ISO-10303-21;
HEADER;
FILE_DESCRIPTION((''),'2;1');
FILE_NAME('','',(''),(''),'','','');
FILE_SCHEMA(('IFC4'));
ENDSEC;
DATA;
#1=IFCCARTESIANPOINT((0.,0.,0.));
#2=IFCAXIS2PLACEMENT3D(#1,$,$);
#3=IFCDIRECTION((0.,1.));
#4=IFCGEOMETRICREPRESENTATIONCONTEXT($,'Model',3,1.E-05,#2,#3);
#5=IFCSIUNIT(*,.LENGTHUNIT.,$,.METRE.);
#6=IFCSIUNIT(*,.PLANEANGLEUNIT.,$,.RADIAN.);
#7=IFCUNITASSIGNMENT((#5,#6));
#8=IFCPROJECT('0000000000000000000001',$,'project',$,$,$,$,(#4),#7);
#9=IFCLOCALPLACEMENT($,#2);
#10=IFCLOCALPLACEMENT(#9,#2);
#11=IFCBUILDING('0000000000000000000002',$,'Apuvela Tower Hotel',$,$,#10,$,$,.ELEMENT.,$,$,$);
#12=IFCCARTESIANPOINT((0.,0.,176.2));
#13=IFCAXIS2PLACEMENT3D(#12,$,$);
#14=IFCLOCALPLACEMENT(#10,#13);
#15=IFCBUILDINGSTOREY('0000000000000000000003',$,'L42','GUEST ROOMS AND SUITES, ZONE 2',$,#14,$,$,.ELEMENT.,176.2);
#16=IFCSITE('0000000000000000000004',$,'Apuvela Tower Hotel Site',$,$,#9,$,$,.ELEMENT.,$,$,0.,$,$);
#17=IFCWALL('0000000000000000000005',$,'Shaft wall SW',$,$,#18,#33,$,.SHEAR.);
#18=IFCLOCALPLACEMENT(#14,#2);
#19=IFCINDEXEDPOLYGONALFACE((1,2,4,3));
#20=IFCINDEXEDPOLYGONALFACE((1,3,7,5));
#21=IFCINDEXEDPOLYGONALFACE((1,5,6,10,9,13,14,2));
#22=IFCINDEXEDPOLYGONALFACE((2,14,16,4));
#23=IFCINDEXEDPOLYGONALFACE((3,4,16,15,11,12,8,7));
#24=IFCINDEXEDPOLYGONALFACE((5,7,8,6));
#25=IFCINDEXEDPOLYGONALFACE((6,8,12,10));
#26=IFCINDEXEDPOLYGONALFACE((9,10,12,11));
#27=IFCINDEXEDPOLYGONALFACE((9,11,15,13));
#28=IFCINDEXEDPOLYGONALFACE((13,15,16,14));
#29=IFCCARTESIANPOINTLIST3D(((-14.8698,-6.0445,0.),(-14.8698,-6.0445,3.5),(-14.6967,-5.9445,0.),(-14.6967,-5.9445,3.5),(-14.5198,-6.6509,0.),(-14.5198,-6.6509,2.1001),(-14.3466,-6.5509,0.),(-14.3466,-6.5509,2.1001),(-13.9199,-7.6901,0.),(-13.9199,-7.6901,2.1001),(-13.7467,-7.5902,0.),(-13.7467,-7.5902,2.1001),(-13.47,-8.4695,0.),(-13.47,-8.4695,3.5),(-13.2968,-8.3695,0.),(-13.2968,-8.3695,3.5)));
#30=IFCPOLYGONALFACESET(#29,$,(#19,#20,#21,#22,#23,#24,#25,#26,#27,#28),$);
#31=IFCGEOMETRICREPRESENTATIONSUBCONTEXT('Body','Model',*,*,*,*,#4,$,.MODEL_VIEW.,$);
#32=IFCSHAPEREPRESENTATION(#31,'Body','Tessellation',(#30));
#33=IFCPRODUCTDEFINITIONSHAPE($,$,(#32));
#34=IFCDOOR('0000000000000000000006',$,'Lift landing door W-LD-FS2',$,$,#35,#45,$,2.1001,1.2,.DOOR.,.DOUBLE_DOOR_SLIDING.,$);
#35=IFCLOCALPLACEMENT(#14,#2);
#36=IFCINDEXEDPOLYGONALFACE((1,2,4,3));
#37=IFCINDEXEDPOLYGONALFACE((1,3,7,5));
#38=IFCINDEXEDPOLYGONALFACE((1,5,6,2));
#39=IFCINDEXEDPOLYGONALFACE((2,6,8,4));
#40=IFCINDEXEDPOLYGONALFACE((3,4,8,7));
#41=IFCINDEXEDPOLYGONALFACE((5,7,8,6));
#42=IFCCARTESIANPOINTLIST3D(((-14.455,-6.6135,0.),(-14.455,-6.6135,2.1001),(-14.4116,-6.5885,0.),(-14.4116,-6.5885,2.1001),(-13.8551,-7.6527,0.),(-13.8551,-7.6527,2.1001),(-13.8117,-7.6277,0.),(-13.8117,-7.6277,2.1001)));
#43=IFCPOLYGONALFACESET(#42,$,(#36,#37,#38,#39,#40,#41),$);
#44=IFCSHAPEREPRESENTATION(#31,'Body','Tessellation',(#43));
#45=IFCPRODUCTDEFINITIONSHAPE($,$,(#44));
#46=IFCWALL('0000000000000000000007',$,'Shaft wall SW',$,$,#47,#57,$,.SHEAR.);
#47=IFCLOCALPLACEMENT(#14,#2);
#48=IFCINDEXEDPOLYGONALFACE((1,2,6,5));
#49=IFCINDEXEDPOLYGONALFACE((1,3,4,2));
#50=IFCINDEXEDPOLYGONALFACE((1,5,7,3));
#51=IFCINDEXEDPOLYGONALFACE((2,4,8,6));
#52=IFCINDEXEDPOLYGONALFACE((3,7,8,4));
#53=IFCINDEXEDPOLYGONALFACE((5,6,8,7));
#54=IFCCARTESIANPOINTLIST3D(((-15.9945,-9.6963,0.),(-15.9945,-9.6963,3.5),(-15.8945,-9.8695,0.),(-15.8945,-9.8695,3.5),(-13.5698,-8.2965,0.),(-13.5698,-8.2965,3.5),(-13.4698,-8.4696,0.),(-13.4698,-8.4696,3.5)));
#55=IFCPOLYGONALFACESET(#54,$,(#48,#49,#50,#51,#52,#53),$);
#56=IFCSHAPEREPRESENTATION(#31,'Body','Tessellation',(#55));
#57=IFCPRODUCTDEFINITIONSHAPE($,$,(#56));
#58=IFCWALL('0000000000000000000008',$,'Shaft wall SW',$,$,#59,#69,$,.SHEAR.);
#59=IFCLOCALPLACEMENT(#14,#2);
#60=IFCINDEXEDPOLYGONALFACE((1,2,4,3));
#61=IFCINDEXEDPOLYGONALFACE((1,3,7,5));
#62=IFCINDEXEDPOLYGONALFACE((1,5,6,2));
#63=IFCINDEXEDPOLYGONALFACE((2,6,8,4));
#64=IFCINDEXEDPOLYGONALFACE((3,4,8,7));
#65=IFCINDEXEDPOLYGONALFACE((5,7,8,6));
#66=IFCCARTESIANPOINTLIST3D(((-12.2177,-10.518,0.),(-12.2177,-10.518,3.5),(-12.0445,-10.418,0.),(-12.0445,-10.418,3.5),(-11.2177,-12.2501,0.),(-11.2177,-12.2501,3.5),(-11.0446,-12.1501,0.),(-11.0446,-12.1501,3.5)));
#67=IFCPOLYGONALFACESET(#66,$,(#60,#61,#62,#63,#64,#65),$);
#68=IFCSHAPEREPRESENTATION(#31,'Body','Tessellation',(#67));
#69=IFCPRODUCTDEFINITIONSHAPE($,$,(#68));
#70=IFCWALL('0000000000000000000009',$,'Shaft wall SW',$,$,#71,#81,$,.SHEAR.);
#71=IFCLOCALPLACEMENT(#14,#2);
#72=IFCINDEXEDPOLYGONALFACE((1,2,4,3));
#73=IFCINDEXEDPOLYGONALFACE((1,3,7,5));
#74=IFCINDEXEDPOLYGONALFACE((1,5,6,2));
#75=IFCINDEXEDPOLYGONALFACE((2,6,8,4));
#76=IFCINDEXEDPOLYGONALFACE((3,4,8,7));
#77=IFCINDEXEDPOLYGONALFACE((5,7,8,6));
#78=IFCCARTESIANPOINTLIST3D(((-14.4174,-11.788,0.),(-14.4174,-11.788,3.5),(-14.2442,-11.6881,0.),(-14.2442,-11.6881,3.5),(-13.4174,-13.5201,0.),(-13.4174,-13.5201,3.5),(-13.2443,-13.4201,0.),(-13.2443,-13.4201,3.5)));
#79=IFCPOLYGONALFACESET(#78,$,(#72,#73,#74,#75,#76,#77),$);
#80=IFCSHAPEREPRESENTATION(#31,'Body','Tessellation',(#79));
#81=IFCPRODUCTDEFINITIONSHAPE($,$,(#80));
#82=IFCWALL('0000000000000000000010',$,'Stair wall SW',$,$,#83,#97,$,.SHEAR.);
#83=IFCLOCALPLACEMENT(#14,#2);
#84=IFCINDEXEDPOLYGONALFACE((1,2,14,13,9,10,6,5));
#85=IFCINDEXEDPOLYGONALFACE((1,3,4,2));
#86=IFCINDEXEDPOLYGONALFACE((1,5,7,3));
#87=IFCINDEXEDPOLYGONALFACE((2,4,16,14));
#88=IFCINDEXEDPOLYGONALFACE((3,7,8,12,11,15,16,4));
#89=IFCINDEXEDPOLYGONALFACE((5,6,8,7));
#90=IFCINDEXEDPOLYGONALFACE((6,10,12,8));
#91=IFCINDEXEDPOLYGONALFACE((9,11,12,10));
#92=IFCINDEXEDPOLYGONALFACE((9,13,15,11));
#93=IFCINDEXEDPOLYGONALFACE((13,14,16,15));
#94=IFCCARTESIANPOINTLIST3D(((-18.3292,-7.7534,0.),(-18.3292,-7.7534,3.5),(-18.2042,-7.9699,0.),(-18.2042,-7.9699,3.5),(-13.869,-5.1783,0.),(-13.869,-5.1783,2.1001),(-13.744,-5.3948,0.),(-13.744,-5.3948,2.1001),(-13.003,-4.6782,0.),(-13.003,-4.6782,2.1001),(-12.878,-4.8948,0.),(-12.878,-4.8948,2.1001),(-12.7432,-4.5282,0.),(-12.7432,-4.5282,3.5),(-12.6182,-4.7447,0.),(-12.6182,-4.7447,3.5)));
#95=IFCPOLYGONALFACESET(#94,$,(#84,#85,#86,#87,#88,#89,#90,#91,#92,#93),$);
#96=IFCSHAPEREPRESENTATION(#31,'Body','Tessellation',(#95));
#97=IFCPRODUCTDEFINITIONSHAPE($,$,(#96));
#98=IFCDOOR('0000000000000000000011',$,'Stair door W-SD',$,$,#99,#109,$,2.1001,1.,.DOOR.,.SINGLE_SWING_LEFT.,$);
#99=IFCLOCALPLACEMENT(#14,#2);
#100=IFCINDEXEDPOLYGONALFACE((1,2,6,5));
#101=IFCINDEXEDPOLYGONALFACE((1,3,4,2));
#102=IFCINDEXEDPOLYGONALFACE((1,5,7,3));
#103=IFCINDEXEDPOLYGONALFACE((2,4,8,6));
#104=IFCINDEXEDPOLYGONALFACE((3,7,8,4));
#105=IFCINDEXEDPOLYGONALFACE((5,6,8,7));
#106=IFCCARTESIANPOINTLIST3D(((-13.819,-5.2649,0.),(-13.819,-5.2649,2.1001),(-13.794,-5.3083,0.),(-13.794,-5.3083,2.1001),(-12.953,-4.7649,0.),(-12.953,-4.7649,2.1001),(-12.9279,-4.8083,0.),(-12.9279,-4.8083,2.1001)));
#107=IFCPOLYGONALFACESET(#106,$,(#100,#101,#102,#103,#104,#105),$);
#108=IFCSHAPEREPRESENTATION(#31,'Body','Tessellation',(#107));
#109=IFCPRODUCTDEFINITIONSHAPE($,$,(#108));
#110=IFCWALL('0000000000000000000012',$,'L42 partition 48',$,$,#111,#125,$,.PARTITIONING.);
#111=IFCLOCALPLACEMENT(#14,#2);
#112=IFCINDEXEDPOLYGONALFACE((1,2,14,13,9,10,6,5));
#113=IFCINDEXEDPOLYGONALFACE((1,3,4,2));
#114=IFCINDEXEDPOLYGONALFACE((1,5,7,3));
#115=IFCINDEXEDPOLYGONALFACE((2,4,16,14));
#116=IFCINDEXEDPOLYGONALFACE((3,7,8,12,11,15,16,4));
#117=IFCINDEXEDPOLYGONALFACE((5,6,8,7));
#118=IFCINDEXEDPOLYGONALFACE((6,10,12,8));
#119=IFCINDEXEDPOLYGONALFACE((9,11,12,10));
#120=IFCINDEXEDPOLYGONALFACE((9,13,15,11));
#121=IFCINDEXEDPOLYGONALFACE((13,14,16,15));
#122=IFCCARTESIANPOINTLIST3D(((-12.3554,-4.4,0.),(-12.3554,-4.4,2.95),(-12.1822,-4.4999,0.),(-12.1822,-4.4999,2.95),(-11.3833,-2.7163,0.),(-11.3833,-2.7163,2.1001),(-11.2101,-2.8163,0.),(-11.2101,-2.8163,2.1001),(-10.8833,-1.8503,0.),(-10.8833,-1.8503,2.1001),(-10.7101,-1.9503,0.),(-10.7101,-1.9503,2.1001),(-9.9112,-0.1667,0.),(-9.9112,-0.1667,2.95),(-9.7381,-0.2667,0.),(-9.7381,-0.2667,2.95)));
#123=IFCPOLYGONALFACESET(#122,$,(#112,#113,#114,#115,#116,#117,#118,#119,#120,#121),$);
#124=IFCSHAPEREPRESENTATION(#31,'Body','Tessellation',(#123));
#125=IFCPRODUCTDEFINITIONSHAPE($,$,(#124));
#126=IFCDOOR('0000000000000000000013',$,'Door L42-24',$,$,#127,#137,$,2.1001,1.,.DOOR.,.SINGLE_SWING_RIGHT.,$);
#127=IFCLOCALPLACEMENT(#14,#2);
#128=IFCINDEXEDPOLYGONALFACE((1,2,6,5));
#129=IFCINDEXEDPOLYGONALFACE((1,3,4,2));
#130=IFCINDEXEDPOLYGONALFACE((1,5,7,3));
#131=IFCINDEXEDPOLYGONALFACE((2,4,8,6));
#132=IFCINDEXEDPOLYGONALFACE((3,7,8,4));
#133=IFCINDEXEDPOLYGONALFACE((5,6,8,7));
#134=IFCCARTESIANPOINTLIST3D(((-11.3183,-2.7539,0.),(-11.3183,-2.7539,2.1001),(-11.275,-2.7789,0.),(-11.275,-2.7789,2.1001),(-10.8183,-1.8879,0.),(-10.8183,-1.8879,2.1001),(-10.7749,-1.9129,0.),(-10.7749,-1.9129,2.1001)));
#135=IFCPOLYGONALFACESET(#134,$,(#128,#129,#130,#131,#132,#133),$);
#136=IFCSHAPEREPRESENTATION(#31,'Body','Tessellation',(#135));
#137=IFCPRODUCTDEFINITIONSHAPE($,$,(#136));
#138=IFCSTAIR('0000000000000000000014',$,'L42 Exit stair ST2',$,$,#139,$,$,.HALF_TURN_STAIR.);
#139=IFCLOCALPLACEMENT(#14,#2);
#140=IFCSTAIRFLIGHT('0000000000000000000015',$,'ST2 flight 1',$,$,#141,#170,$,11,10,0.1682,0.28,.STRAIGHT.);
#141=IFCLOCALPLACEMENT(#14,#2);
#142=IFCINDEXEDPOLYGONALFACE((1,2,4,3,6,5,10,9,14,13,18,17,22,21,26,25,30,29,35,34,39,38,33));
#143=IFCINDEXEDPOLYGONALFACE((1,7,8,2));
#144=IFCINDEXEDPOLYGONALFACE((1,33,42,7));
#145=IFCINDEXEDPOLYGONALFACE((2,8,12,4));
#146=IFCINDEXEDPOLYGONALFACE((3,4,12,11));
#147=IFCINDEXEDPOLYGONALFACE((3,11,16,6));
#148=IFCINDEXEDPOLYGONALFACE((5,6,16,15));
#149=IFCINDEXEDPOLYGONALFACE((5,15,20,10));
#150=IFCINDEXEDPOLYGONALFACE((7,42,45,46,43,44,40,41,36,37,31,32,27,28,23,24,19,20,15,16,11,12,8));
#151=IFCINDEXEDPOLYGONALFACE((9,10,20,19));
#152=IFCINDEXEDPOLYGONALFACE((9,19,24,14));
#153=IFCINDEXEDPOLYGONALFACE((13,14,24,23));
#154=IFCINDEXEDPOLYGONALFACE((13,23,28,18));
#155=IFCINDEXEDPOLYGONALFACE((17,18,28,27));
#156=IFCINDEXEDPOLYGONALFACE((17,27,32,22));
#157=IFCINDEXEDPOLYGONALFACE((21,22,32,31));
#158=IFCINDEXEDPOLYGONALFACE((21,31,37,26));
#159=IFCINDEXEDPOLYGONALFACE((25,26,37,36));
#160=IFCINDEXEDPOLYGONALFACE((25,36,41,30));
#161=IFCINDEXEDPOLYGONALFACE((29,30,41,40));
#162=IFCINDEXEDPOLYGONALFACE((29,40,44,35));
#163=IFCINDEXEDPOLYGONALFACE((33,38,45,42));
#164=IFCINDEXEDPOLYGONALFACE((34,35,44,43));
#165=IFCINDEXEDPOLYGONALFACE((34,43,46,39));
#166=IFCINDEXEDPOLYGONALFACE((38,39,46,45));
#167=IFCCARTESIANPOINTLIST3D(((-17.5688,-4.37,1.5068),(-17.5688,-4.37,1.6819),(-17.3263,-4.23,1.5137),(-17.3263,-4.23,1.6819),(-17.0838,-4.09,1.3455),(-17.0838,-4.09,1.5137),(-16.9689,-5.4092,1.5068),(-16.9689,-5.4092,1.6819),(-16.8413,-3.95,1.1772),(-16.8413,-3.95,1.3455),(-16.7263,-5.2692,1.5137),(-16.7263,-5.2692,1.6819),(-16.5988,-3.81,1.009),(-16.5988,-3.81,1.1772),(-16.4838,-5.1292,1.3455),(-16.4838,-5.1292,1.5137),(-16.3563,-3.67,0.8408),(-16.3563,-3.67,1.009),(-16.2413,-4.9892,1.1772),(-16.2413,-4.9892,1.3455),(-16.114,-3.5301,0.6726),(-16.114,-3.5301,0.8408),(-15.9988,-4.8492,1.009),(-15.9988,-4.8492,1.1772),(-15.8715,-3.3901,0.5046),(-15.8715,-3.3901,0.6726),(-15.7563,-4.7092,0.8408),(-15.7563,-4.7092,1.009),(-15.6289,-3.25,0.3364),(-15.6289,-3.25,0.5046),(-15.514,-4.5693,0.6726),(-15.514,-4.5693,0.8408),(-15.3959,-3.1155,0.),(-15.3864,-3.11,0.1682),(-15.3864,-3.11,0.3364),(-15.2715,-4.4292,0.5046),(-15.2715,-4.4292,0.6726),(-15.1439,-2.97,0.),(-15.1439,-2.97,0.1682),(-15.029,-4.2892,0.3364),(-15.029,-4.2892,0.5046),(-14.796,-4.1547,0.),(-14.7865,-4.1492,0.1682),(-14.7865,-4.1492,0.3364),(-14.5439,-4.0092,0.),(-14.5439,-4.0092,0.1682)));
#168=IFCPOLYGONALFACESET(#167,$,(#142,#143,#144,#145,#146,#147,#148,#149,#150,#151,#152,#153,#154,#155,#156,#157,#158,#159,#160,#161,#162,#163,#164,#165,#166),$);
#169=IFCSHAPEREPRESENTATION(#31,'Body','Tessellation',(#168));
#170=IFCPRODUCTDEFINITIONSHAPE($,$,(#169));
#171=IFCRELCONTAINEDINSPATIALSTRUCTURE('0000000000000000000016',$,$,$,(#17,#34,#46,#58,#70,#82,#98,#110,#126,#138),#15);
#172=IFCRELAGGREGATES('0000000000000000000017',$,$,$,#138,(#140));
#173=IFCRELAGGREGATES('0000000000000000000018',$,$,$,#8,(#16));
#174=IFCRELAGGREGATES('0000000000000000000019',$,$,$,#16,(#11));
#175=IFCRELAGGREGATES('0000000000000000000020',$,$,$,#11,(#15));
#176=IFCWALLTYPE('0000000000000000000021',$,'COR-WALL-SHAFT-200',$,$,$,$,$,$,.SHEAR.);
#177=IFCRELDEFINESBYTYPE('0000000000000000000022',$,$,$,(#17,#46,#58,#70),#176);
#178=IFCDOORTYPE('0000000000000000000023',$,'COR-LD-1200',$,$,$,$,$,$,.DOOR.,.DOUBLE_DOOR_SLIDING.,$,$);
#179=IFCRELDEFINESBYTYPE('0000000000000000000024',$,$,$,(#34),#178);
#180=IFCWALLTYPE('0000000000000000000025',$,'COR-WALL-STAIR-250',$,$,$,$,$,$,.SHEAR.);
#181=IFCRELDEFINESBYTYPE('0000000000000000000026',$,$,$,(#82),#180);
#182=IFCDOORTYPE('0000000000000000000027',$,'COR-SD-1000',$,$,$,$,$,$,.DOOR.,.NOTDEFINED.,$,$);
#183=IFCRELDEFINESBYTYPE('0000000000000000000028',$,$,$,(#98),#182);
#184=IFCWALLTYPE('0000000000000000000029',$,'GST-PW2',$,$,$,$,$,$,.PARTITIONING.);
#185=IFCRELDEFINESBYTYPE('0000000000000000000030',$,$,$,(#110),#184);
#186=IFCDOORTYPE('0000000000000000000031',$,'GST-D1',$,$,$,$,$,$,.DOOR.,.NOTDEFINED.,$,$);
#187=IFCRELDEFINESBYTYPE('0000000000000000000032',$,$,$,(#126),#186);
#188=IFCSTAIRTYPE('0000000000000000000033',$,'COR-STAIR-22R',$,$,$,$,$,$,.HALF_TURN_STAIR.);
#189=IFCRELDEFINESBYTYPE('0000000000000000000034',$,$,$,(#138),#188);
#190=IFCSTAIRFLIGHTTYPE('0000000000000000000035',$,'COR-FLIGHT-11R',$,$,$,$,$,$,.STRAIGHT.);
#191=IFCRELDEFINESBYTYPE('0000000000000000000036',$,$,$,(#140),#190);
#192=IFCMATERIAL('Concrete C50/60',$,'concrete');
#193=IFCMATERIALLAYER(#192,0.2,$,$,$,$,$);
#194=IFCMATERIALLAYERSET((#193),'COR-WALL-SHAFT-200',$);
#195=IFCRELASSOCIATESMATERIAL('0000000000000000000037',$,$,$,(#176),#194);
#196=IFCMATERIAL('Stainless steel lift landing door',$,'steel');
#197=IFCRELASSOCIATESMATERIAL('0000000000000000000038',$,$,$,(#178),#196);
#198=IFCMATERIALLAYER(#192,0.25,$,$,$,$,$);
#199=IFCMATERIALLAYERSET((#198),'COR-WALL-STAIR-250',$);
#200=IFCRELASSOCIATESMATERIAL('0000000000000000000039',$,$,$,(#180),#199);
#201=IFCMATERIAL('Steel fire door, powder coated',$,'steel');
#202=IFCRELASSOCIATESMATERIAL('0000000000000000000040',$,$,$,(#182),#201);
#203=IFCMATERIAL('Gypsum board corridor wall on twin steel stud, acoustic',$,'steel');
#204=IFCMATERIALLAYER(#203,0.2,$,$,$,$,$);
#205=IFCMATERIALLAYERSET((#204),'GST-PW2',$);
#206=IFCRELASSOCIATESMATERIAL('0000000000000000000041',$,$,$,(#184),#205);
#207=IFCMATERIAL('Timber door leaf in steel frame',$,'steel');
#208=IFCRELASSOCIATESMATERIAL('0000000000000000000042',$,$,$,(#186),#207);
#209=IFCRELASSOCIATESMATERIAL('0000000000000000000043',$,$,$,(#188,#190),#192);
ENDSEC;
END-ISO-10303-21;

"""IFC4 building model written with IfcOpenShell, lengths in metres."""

from ifc_helpers import new_model, si_unit, direction, frame, frame_2d, origin, place, context, subcontext, project, spatial, polyline, rectangle, outline, extrude, material, layer, layer_set, type_object, element, fill, aggregate, save


model = new_model("IFC4")

# Units and contexts
model_context = context("Model", 3, precision=1e-05, world=origin(), true_north=direction((0.0, 1.0)))
body_context = subcontext(model_context, "Body", "Model", "MODEL_VIEW")
ifc_project = project(units=[si_unit("LENGTHUNIT", "METRE"), si_unit("PLANEANGLEUNIT", "RADIAN")], contexts=[model_context])

# Site, building, storey
site_placement = place(None, origin())
site = spatial("IfcSite", under=ifc_project, at=site_placement, Name="Apuvela Tower Hotel Site", CompositionType="ELEMENT", RefElevation=0.0)
building_placement = place(site_placement, origin())
building = spatial("IfcBuilding", under=site, at=building_placement, Name="Apuvela Tower Hotel", CompositionType="ELEMENT")
storey_placement = place(building_placement, frame((0.0, 0.0, 176.2)))
storey = spatial("IfcBuildingStorey", under=building, at=storey_placement, Name="L42", Description="GUEST ROOMS AND SUITES, ZONE 2", CompositionType="ELEMENT", Elevation=176.2)

# Wall, opening, door
ifc_material_1 = material(Name="Concrete C50/60", Category="concrete")
ifc_layer_1 = layer(ifc_material_1, 0.2)
ifc_layer_set_1 = layer_set([ifc_layer_1], Name="COR-WALL-SHAFT-200")
wall_type_1 = type_object("IfcWallType", Name="COR-WALL-SHAFT-200", PredefinedType="SHEAR", material=ifc_layer_set_1)
wall_1_placement = place(storey_placement, frame((-14.7832, -5.9946, 0.0), z_axis=(0.0, 0.0, 1.0), x_axis=(0.499946, -0.866056, 0.0)))
wall_1 = element("IfcWall", 1, at=wall_1_placement, inside=storey, type_object=wall_type_1, Name="Shaft wall SW", PredefinedType="SHEAR", context=body_context, shape_type="SweptSolid", body=[
    extrude(rectangle(XDim=2.8, YDim=0.2, at=frame_2d((1.3999, 0.0))), origin(), (0.0, 0.0, 1.0), 3.5),
])
opening_1_placement = place(wall_1_placement, frame((0.7, 0.0, 0.0)))
opening_1 = element("IfcOpeningElement", 2, at=opening_1_placement, cuts=wall_1, PredefinedType="OPENING", context=body_context, shape_type="SweptSolid", body=[
    extrude(rectangle(XDim=1.2, YDim=2.1001, at=frame_2d((0.6001, 1.05))), frame((0.0, 0.1099, 0.0), z_axis=(0.0, -1.0, 0.0), x_axis=(1.0, 0.0, 0.0)), (0.0, 0.0, 1.0), 0.22),
])
ifc_material_2 = material(Name="Stainless steel lift landing door", Category="steel")
door_type_1 = type_object("IfcDoorType", Name="COR-LD-1200", OperationType="DOUBLE_DOOR_SLIDING", PredefinedType="DOOR", material=ifc_material_2)
door_1_placement = place(opening_1_placement, origin())
door_1 = element("IfcDoor", 3, at=door_1_placement, inside=storey, type_object=door_type_1, Name="Lift landing door W-LD-FS2", OperationType="DOUBLE_DOOR_SLIDING", OverallHeight=2.1001, OverallWidth=1.2, PredefinedType="DOOR", context=body_context, shape_type="SweptSolid", body=[
    extrude(rectangle(XDim=1.2, YDim=2.1001, at=frame_2d((0.6001, 1.05))), frame((0.0, 0.0249, 0.0), z_axis=(0.0, -1.0, 0.0), x_axis=(1.0, 0.0, 0.0)), (0.0, 0.0, 1.0), 0.05),
])
fill(opening_1, door_1)

# Walls
wall_2_placement = place(storey_placement, frame((-13.5198, -8.3831, 0.0), z_axis=(0.0, 0.0, 1.0), x_axis=(-0.866035, -0.499984, 0.0)))
element("IfcWall", 4, at=wall_2_placement, inside=storey, type_object=wall_type_1, Name="Shaft wall SW", PredefinedType="SHEAR", context=body_context, shape_type="SweptSolid", body=[
    extrude(rectangle(XDim=2.7998, YDim=0.2, at=frame_2d((1.3999, 0.0))), origin(), (0.0, 0.0, 1.0), 3.5),
])
for number, where, z_axis, x_axis, name in (
    (5, (-12.1311, -10.468, 0.0), (0.0, 0.0, 1.0), (0.499973, -0.866041, 0.0), "Shaft wall SW"),
    (6, (-14.3308, -11.738, 0.0), (0.0, 0.0, 1.0), (0.499973, -0.866041, 0.0), "Shaft wall SW"),
):
    element("IfcWall", number, at=place(storey_placement, frame(where, z_axis=z_axis, x_axis=x_axis)), inside=storey, type_object=wall_type_1, Name=name, PredefinedType="SHEAR", context=body_context, shape_type="SweptSolid", body=[
        extrude(rectangle(XDim=2.0, YDim=0.2, at=frame_2d((1.0, 0.0))), origin(), (0.0, 0.0, 1.0), 3.5),
    ])

# Walls, openings, doors
ifc_layer_2 = layer(ifc_material_1, 0.25)
ifc_layer_set_2 = layer_set([ifc_layer_2], Name="COR-WALL-STAIR-250")
wall_type_2 = type_object("IfcWallType", Name="COR-WALL-STAIR-250", PredefinedType="SHEAR", material=ifc_layer_set_2)
wall_3_placement = place(storey_placement, frame((-12.6807, -4.6365, 0.0), z_axis=(0.0, 0.0, 1.0), x_axis=(-0.866022, -0.500006, 0.0)))
wall_3 = element("IfcWall", 7, at=wall_3_placement, inside=storey, type_object=wall_type_2, Name="Stair wall SW", PredefinedType="SHEAR", context=body_context, shape_type="SweptSolid", body=[
    extrude(rectangle(XDim=6.4502, YDim=0.25, at=frame_2d((3.2251, 0.0))), origin(), (0.0, 0.0, 1.0), 3.5),
])
opening_2_placement = place(wall_3_placement, frame((0.3, 0.0, 0.0)))
opening_2 = element("IfcOpeningElement", 8, at=opening_2_placement, cuts=wall_3, PredefinedType="OPENING", context=body_context, shape_type="SweptSolid", body=[
    extrude(rectangle(XDim=1.0, YDim=2.1001, at=frame_2d((0.5, 1.05))), frame((0.0, 0.135, 0.0), z_axis=(0.0, -1.0, 0.0), x_axis=(1.0, 0.0, 0.0)), (0.0, 0.0, 1.0), 0.27),
])
ifc_material_3 = material(Name="Steel fire door, powder coated", Category="steel")
door_type_2 = type_object("IfcDoorType", Name="COR-SD-1000", OperationType="NOTDEFINED", PredefinedType="DOOR", material=ifc_material_3)
door_2_placement = place(opening_2_placement, frame((1.0, 0.0, 0.0), z_axis=(0.0, 0.0, 1.0), x_axis=(-1.0, 0.0, 0.0)))
door_2 = element("IfcDoor", 9, at=door_2_placement, inside=storey, type_object=door_type_2, Name="Stair door W-SD", OperationType="SINGLE_SWING_LEFT", OverallHeight=2.1001, OverallWidth=1.0, PredefinedType="DOOR", context=body_context, shape_type="SweptSolid", body=[
    extrude(rectangle(XDim=1.0, YDim=2.1001, at=frame_2d((0.5, 1.05))), frame((0.0, 0.0249, 0.0), z_axis=(0.0, -1.0, 0.0), x_axis=(1.0, 0.0, 0.0)), (0.0, 0.0, 1.0), 0.05),
])
fill(opening_2, door_2)
ifc_material_4 = material(Name="Gypsum board corridor wall on twin steel stud, acoustic", Category="steel")
ifc_layer_3 = layer(ifc_material_4, 0.2)
ifc_layer_set_3 = layer_set([ifc_layer_3], Name="GST-PW2")
wall_type_3 = type_object("IfcWallType", Name="GST-PW2", PredefinedType="PARTITIONING", material=ifc_layer_set_3)
wall_4_placement = place(storey_placement, frame((-12.2688, -4.45, 0.0), z_axis=(0.0, 0.0, 1.0), x_axis=(0.500012, 0.866018, 0.0)))
wall_4 = element("IfcWall", 10, at=wall_4_placement, inside=storey, type_object=wall_type_3, Name="L42 partition 48", PredefinedType="PARTITIONING", context=body_context, shape_type="SweptSolid", body=[
    extrude(rectangle(XDim=4.8882, YDim=0.2, at=frame_2d((2.4441, 0.0))), origin(), (0.0, 0.0, 1.0), 2.95),
])
opening_3_placement = place(wall_4_placement, frame((1.9441, 0.0, 0.0)))
opening_3 = element("IfcOpeningElement", 11, at=opening_3_placement, cuts=wall_4, PredefinedType="OPENING", context=body_context, shape_type="SweptSolid", body=[
    extrude(rectangle(XDim=1.0, YDim=2.1001, at=frame_2d((0.5, 1.05))), frame((0.0, 0.1099, 0.0), z_axis=(0.0, -1.0, 0.0), x_axis=(1.0, 0.0, 0.0)), (0.0, 0.0, 1.0), 0.22),
])
ifc_material_5 = material(Name="Timber door leaf in steel frame", Category="steel")
door_type_3 = type_object("IfcDoorType", Name="GST-D1", OperationType="NOTDEFINED", PredefinedType="DOOR", material=ifc_material_5)
door_3_placement = place(opening_3_placement, origin())
door_3 = element("IfcDoor", 12, at=door_3_placement, inside=storey, type_object=door_type_3, Name="Door L42-24", OperationType="SINGLE_SWING_RIGHT", OverallHeight=2.1001, OverallWidth=1.0, PredefinedType="DOOR", context=body_context, shape_type="SweptSolid", body=[
    extrude(rectangle(XDim=1.0, YDim=2.1001, at=frame_2d((0.5, 1.05))), frame((0.0, 0.0249, 0.0), z_axis=(0.0, -1.0, 0.0), x_axis=(1.0, 0.0, 0.0)), (0.0, 0.0, 1.0), 0.05),
])
fill(opening_3, door_3)

# Stair, stair flight
stair_type = type_object("IfcStairType", Name="COR-STAIR-22R", PredefinedType="HALF_TURN_STAIR", material=ifc_material_1)
stair_placement = place(storey_placement, origin())
stair = element("IfcStair", 13, at=stair_placement, inside=storey, type_object=stair_type, Name="L42 Exit stair ST2", PredefinedType="HALF_TURN_STAIR")
stair_flight_type = type_object("IfcStairFlightType", Name="COR-FLIGHT-11R", PredefinedType="STRAIGHT", material=ifc_material_1)
stair_flight_placement = place(storey_placement, frame((-14.844, -3.4895, 0.0), z_axis=(0.0, 0.0, 1.0), x_axis=(-0.866025, -0.5, 0.0)))
stair_flight = element("IfcStairFlight", 14, at=stair_flight_placement, type_object=stair_flight_type, Name="ST2 flight 1", NumberOfRisers=11, NumberOfTreads=10, PredefinedType="STRAIGHT", RiserHeight=0.1682, TreadLength=0.28, context=body_context, shape_type="SweptSolid", body=[
    extrude(outline(polyline([(0.0, 0.0), (0.0, 0.1682), (0.28, 0.1682), (0.28, 0.3364), (0.5601, 0.3364), (0.5601, 0.5046), (0.8401, 0.5046), (0.8401, 0.6726), (1.1201, 0.6726), (1.1201, 0.8408), (1.3999, 0.8408), (1.3999, 1.009), (1.6799, 1.009), (1.6799, 1.1772), (1.96, 1.1772), (1.96, 1.3455), (2.24, 1.3455), (2.24, 1.5137), (2.52, 1.5137), (2.52, 1.6819), (2.8, 1.6819), (2.8, 1.8501), (2.8, 1.5068), (0.291, 0.0), (0.0, 0.0)])), frame((0.0, 0.6001, 0.0), z_axis=(0.0, -1.0, 0.0), x_axis=(1.0, 0.0, 0.0)), (0.0, 0.0, 1.0), 1.2),
])
aggregate(stair, [stair_flight])

save(model, "model.ifc")
